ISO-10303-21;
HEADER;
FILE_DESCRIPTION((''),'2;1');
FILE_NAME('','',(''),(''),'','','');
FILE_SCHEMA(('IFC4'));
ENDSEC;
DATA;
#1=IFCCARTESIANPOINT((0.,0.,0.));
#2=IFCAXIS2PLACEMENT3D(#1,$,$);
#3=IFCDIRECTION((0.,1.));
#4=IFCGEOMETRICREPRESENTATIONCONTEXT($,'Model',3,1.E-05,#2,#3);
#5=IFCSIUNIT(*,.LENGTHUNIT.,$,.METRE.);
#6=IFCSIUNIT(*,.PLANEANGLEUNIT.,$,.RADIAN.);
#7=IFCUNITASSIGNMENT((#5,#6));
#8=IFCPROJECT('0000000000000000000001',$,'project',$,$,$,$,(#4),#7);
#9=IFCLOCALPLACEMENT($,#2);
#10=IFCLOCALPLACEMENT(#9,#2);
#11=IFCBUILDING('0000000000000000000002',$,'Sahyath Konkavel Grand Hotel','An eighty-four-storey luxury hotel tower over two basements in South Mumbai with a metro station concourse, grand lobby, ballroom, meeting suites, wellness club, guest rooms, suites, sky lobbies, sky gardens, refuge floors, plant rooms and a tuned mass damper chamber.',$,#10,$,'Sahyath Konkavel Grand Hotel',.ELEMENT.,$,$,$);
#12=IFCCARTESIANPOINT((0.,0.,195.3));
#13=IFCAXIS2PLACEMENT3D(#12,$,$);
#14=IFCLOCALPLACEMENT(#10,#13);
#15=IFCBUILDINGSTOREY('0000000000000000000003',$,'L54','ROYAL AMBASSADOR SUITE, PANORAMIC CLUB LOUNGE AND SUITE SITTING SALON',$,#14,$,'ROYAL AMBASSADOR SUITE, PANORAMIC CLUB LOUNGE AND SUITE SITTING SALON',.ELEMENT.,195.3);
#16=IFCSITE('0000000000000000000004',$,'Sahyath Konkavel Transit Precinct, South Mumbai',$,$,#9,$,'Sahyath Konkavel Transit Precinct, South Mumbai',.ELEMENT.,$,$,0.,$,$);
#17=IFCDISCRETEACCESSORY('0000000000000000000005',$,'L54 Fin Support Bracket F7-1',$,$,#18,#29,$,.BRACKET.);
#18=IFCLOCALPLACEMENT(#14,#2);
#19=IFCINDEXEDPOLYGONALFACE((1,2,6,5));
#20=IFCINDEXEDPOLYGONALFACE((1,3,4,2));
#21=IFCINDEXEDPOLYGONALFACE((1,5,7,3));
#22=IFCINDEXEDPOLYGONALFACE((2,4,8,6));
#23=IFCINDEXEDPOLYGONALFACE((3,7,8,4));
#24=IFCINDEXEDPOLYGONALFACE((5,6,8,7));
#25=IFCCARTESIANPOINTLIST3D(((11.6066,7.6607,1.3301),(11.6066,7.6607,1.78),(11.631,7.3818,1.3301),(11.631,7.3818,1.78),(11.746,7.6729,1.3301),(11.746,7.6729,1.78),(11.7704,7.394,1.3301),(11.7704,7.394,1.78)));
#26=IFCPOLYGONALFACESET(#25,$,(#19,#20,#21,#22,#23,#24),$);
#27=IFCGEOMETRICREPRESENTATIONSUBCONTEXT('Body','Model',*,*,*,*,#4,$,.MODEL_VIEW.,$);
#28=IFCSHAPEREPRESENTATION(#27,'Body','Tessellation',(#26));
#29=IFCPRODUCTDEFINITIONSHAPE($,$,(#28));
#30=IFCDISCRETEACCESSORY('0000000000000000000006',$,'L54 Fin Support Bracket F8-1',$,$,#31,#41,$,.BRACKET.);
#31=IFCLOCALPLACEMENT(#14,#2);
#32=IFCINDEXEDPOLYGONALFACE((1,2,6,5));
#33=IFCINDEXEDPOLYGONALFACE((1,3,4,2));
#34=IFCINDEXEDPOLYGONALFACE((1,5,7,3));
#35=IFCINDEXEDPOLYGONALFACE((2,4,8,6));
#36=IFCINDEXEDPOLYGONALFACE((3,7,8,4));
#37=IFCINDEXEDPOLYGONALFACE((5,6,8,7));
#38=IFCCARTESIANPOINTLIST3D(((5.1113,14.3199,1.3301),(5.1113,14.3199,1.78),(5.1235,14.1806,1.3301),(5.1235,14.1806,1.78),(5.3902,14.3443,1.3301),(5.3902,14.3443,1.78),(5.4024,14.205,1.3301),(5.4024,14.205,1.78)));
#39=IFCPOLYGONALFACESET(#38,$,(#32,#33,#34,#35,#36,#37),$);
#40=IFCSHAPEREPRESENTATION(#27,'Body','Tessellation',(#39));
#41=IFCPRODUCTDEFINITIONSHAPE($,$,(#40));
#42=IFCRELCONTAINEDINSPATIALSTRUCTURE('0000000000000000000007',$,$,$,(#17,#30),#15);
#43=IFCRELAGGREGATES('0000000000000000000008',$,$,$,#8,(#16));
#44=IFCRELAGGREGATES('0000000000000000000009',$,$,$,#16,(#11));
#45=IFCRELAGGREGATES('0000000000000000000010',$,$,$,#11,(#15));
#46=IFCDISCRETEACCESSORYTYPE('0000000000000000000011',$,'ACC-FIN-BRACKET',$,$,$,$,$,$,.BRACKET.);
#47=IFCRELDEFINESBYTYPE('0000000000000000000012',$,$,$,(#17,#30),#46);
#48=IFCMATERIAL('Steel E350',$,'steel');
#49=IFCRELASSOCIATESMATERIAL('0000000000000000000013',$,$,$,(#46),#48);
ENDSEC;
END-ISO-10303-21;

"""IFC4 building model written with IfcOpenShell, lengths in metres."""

from ifc_helpers import new_model, si_unit, direction, frame, origin, origin_2d, place, context, subcontext, project, spatial, rectangle, extrude, source, transform, mapped, material, type_object, element, save


model = new_model("IFC4")

# Units and contexts
model_context = context("Model", 3, precision=1e-05, world=origin(), true_north=direction((0.0, 1.0)))
body_context = subcontext(model_context, "Body", "Model", "MODEL_VIEW")
ifc_project = project(units=[si_unit("LENGTHUNIT", "METRE"), si_unit("PLANEANGLEUNIT", "RADIAN")], contexts=[model_context])

# Site, building, storey
site_placement = place(None, origin())
site = spatial("IfcSite", under=ifc_project, at=site_placement, Name="Sahyath Konkavel Transit Precinct, South Mumbai", LongName="Sahyath Konkavel Transit Precinct, South Mumbai", CompositionType="ELEMENT", RefElevation=0.0)
building_placement = place(site_placement, origin())
building = spatial("IfcBuilding", under=site, at=building_placement, Name="Sahyath Konkavel Grand Hotel", Description="An eighty-four-storey luxury hotel tower over two basements in South Mumbai with a metro station concourse, grand lobby, ballroom, meeting suites, wellness club, guest rooms, suites, sky lobbies, sky gardens, refuge floors, plant rooms and a tuned mass damper chamber.", LongName="Sahyath Konkavel Grand Hotel", CompositionType="ELEMENT")
storey_placement = place(building_placement, frame((0.0, 0.0, 195.3)))
storey = spatial("IfcBuildingStorey", under=building, at=storey_placement, Name="L54", Description="ROYAL AMBASSADOR SUITE, PANORAMIC CLUB LOUNGE AND SUITE SITTING SALON", LongName="ROYAL AMBASSADOR SUITE, PANORAMIC CLUB LOUNGE AND SUITE SITTING SALON", CompositionType="ELEMENT", Elevation=195.3)

# Shared definitions
ifc_material_1 = material(Name="Steel E350", Category="steel")

# Discrete accessories
discrete_accessory_type = type_object("IfcDiscreteAccessoryType", Name="ACC-FIN-BRACKET", PredefinedType="BRACKET", material=ifc_material_1)
shared_shape_1 = source(origin(), body_context, "Body", "SweptSolid", [
    extrude(rectangle(XDim=0.28, YDim=0.1399, at=origin_2d()), origin(), (0.0, 0.0, 1.0), 0.45),
])
for number, where, z_axis, x_axis, name in (
    (1, (11.6885, 7.5273, 1.3301), (0.0, 0.0, 1.0), (-0.087156, 0.996195, 0.0), "L54 Fin Support Bracket F7-1"),
    (2, (5.2568, 14.2625, 1.3301), (0.0, 0.0, 1.0), (0.996195, 0.087156, 0.0), "L54 Fin Support Bracket F8-1"),
):
    element("IfcDiscreteAccessory", number, at=place(storey_placement, frame(where, z_axis=z_axis, x_axis=x_axis)), inside=storey, type_object=discrete_accessory_type, Name=name, PredefinedType="BRACKET", context=body_context, shape_type="MappedRepresentation", body=[
        mapped(shared_shape_1, transform((0.0, 0.0, 0.0), scale=1.0)),
    ])

save(model, "model.ifc")
